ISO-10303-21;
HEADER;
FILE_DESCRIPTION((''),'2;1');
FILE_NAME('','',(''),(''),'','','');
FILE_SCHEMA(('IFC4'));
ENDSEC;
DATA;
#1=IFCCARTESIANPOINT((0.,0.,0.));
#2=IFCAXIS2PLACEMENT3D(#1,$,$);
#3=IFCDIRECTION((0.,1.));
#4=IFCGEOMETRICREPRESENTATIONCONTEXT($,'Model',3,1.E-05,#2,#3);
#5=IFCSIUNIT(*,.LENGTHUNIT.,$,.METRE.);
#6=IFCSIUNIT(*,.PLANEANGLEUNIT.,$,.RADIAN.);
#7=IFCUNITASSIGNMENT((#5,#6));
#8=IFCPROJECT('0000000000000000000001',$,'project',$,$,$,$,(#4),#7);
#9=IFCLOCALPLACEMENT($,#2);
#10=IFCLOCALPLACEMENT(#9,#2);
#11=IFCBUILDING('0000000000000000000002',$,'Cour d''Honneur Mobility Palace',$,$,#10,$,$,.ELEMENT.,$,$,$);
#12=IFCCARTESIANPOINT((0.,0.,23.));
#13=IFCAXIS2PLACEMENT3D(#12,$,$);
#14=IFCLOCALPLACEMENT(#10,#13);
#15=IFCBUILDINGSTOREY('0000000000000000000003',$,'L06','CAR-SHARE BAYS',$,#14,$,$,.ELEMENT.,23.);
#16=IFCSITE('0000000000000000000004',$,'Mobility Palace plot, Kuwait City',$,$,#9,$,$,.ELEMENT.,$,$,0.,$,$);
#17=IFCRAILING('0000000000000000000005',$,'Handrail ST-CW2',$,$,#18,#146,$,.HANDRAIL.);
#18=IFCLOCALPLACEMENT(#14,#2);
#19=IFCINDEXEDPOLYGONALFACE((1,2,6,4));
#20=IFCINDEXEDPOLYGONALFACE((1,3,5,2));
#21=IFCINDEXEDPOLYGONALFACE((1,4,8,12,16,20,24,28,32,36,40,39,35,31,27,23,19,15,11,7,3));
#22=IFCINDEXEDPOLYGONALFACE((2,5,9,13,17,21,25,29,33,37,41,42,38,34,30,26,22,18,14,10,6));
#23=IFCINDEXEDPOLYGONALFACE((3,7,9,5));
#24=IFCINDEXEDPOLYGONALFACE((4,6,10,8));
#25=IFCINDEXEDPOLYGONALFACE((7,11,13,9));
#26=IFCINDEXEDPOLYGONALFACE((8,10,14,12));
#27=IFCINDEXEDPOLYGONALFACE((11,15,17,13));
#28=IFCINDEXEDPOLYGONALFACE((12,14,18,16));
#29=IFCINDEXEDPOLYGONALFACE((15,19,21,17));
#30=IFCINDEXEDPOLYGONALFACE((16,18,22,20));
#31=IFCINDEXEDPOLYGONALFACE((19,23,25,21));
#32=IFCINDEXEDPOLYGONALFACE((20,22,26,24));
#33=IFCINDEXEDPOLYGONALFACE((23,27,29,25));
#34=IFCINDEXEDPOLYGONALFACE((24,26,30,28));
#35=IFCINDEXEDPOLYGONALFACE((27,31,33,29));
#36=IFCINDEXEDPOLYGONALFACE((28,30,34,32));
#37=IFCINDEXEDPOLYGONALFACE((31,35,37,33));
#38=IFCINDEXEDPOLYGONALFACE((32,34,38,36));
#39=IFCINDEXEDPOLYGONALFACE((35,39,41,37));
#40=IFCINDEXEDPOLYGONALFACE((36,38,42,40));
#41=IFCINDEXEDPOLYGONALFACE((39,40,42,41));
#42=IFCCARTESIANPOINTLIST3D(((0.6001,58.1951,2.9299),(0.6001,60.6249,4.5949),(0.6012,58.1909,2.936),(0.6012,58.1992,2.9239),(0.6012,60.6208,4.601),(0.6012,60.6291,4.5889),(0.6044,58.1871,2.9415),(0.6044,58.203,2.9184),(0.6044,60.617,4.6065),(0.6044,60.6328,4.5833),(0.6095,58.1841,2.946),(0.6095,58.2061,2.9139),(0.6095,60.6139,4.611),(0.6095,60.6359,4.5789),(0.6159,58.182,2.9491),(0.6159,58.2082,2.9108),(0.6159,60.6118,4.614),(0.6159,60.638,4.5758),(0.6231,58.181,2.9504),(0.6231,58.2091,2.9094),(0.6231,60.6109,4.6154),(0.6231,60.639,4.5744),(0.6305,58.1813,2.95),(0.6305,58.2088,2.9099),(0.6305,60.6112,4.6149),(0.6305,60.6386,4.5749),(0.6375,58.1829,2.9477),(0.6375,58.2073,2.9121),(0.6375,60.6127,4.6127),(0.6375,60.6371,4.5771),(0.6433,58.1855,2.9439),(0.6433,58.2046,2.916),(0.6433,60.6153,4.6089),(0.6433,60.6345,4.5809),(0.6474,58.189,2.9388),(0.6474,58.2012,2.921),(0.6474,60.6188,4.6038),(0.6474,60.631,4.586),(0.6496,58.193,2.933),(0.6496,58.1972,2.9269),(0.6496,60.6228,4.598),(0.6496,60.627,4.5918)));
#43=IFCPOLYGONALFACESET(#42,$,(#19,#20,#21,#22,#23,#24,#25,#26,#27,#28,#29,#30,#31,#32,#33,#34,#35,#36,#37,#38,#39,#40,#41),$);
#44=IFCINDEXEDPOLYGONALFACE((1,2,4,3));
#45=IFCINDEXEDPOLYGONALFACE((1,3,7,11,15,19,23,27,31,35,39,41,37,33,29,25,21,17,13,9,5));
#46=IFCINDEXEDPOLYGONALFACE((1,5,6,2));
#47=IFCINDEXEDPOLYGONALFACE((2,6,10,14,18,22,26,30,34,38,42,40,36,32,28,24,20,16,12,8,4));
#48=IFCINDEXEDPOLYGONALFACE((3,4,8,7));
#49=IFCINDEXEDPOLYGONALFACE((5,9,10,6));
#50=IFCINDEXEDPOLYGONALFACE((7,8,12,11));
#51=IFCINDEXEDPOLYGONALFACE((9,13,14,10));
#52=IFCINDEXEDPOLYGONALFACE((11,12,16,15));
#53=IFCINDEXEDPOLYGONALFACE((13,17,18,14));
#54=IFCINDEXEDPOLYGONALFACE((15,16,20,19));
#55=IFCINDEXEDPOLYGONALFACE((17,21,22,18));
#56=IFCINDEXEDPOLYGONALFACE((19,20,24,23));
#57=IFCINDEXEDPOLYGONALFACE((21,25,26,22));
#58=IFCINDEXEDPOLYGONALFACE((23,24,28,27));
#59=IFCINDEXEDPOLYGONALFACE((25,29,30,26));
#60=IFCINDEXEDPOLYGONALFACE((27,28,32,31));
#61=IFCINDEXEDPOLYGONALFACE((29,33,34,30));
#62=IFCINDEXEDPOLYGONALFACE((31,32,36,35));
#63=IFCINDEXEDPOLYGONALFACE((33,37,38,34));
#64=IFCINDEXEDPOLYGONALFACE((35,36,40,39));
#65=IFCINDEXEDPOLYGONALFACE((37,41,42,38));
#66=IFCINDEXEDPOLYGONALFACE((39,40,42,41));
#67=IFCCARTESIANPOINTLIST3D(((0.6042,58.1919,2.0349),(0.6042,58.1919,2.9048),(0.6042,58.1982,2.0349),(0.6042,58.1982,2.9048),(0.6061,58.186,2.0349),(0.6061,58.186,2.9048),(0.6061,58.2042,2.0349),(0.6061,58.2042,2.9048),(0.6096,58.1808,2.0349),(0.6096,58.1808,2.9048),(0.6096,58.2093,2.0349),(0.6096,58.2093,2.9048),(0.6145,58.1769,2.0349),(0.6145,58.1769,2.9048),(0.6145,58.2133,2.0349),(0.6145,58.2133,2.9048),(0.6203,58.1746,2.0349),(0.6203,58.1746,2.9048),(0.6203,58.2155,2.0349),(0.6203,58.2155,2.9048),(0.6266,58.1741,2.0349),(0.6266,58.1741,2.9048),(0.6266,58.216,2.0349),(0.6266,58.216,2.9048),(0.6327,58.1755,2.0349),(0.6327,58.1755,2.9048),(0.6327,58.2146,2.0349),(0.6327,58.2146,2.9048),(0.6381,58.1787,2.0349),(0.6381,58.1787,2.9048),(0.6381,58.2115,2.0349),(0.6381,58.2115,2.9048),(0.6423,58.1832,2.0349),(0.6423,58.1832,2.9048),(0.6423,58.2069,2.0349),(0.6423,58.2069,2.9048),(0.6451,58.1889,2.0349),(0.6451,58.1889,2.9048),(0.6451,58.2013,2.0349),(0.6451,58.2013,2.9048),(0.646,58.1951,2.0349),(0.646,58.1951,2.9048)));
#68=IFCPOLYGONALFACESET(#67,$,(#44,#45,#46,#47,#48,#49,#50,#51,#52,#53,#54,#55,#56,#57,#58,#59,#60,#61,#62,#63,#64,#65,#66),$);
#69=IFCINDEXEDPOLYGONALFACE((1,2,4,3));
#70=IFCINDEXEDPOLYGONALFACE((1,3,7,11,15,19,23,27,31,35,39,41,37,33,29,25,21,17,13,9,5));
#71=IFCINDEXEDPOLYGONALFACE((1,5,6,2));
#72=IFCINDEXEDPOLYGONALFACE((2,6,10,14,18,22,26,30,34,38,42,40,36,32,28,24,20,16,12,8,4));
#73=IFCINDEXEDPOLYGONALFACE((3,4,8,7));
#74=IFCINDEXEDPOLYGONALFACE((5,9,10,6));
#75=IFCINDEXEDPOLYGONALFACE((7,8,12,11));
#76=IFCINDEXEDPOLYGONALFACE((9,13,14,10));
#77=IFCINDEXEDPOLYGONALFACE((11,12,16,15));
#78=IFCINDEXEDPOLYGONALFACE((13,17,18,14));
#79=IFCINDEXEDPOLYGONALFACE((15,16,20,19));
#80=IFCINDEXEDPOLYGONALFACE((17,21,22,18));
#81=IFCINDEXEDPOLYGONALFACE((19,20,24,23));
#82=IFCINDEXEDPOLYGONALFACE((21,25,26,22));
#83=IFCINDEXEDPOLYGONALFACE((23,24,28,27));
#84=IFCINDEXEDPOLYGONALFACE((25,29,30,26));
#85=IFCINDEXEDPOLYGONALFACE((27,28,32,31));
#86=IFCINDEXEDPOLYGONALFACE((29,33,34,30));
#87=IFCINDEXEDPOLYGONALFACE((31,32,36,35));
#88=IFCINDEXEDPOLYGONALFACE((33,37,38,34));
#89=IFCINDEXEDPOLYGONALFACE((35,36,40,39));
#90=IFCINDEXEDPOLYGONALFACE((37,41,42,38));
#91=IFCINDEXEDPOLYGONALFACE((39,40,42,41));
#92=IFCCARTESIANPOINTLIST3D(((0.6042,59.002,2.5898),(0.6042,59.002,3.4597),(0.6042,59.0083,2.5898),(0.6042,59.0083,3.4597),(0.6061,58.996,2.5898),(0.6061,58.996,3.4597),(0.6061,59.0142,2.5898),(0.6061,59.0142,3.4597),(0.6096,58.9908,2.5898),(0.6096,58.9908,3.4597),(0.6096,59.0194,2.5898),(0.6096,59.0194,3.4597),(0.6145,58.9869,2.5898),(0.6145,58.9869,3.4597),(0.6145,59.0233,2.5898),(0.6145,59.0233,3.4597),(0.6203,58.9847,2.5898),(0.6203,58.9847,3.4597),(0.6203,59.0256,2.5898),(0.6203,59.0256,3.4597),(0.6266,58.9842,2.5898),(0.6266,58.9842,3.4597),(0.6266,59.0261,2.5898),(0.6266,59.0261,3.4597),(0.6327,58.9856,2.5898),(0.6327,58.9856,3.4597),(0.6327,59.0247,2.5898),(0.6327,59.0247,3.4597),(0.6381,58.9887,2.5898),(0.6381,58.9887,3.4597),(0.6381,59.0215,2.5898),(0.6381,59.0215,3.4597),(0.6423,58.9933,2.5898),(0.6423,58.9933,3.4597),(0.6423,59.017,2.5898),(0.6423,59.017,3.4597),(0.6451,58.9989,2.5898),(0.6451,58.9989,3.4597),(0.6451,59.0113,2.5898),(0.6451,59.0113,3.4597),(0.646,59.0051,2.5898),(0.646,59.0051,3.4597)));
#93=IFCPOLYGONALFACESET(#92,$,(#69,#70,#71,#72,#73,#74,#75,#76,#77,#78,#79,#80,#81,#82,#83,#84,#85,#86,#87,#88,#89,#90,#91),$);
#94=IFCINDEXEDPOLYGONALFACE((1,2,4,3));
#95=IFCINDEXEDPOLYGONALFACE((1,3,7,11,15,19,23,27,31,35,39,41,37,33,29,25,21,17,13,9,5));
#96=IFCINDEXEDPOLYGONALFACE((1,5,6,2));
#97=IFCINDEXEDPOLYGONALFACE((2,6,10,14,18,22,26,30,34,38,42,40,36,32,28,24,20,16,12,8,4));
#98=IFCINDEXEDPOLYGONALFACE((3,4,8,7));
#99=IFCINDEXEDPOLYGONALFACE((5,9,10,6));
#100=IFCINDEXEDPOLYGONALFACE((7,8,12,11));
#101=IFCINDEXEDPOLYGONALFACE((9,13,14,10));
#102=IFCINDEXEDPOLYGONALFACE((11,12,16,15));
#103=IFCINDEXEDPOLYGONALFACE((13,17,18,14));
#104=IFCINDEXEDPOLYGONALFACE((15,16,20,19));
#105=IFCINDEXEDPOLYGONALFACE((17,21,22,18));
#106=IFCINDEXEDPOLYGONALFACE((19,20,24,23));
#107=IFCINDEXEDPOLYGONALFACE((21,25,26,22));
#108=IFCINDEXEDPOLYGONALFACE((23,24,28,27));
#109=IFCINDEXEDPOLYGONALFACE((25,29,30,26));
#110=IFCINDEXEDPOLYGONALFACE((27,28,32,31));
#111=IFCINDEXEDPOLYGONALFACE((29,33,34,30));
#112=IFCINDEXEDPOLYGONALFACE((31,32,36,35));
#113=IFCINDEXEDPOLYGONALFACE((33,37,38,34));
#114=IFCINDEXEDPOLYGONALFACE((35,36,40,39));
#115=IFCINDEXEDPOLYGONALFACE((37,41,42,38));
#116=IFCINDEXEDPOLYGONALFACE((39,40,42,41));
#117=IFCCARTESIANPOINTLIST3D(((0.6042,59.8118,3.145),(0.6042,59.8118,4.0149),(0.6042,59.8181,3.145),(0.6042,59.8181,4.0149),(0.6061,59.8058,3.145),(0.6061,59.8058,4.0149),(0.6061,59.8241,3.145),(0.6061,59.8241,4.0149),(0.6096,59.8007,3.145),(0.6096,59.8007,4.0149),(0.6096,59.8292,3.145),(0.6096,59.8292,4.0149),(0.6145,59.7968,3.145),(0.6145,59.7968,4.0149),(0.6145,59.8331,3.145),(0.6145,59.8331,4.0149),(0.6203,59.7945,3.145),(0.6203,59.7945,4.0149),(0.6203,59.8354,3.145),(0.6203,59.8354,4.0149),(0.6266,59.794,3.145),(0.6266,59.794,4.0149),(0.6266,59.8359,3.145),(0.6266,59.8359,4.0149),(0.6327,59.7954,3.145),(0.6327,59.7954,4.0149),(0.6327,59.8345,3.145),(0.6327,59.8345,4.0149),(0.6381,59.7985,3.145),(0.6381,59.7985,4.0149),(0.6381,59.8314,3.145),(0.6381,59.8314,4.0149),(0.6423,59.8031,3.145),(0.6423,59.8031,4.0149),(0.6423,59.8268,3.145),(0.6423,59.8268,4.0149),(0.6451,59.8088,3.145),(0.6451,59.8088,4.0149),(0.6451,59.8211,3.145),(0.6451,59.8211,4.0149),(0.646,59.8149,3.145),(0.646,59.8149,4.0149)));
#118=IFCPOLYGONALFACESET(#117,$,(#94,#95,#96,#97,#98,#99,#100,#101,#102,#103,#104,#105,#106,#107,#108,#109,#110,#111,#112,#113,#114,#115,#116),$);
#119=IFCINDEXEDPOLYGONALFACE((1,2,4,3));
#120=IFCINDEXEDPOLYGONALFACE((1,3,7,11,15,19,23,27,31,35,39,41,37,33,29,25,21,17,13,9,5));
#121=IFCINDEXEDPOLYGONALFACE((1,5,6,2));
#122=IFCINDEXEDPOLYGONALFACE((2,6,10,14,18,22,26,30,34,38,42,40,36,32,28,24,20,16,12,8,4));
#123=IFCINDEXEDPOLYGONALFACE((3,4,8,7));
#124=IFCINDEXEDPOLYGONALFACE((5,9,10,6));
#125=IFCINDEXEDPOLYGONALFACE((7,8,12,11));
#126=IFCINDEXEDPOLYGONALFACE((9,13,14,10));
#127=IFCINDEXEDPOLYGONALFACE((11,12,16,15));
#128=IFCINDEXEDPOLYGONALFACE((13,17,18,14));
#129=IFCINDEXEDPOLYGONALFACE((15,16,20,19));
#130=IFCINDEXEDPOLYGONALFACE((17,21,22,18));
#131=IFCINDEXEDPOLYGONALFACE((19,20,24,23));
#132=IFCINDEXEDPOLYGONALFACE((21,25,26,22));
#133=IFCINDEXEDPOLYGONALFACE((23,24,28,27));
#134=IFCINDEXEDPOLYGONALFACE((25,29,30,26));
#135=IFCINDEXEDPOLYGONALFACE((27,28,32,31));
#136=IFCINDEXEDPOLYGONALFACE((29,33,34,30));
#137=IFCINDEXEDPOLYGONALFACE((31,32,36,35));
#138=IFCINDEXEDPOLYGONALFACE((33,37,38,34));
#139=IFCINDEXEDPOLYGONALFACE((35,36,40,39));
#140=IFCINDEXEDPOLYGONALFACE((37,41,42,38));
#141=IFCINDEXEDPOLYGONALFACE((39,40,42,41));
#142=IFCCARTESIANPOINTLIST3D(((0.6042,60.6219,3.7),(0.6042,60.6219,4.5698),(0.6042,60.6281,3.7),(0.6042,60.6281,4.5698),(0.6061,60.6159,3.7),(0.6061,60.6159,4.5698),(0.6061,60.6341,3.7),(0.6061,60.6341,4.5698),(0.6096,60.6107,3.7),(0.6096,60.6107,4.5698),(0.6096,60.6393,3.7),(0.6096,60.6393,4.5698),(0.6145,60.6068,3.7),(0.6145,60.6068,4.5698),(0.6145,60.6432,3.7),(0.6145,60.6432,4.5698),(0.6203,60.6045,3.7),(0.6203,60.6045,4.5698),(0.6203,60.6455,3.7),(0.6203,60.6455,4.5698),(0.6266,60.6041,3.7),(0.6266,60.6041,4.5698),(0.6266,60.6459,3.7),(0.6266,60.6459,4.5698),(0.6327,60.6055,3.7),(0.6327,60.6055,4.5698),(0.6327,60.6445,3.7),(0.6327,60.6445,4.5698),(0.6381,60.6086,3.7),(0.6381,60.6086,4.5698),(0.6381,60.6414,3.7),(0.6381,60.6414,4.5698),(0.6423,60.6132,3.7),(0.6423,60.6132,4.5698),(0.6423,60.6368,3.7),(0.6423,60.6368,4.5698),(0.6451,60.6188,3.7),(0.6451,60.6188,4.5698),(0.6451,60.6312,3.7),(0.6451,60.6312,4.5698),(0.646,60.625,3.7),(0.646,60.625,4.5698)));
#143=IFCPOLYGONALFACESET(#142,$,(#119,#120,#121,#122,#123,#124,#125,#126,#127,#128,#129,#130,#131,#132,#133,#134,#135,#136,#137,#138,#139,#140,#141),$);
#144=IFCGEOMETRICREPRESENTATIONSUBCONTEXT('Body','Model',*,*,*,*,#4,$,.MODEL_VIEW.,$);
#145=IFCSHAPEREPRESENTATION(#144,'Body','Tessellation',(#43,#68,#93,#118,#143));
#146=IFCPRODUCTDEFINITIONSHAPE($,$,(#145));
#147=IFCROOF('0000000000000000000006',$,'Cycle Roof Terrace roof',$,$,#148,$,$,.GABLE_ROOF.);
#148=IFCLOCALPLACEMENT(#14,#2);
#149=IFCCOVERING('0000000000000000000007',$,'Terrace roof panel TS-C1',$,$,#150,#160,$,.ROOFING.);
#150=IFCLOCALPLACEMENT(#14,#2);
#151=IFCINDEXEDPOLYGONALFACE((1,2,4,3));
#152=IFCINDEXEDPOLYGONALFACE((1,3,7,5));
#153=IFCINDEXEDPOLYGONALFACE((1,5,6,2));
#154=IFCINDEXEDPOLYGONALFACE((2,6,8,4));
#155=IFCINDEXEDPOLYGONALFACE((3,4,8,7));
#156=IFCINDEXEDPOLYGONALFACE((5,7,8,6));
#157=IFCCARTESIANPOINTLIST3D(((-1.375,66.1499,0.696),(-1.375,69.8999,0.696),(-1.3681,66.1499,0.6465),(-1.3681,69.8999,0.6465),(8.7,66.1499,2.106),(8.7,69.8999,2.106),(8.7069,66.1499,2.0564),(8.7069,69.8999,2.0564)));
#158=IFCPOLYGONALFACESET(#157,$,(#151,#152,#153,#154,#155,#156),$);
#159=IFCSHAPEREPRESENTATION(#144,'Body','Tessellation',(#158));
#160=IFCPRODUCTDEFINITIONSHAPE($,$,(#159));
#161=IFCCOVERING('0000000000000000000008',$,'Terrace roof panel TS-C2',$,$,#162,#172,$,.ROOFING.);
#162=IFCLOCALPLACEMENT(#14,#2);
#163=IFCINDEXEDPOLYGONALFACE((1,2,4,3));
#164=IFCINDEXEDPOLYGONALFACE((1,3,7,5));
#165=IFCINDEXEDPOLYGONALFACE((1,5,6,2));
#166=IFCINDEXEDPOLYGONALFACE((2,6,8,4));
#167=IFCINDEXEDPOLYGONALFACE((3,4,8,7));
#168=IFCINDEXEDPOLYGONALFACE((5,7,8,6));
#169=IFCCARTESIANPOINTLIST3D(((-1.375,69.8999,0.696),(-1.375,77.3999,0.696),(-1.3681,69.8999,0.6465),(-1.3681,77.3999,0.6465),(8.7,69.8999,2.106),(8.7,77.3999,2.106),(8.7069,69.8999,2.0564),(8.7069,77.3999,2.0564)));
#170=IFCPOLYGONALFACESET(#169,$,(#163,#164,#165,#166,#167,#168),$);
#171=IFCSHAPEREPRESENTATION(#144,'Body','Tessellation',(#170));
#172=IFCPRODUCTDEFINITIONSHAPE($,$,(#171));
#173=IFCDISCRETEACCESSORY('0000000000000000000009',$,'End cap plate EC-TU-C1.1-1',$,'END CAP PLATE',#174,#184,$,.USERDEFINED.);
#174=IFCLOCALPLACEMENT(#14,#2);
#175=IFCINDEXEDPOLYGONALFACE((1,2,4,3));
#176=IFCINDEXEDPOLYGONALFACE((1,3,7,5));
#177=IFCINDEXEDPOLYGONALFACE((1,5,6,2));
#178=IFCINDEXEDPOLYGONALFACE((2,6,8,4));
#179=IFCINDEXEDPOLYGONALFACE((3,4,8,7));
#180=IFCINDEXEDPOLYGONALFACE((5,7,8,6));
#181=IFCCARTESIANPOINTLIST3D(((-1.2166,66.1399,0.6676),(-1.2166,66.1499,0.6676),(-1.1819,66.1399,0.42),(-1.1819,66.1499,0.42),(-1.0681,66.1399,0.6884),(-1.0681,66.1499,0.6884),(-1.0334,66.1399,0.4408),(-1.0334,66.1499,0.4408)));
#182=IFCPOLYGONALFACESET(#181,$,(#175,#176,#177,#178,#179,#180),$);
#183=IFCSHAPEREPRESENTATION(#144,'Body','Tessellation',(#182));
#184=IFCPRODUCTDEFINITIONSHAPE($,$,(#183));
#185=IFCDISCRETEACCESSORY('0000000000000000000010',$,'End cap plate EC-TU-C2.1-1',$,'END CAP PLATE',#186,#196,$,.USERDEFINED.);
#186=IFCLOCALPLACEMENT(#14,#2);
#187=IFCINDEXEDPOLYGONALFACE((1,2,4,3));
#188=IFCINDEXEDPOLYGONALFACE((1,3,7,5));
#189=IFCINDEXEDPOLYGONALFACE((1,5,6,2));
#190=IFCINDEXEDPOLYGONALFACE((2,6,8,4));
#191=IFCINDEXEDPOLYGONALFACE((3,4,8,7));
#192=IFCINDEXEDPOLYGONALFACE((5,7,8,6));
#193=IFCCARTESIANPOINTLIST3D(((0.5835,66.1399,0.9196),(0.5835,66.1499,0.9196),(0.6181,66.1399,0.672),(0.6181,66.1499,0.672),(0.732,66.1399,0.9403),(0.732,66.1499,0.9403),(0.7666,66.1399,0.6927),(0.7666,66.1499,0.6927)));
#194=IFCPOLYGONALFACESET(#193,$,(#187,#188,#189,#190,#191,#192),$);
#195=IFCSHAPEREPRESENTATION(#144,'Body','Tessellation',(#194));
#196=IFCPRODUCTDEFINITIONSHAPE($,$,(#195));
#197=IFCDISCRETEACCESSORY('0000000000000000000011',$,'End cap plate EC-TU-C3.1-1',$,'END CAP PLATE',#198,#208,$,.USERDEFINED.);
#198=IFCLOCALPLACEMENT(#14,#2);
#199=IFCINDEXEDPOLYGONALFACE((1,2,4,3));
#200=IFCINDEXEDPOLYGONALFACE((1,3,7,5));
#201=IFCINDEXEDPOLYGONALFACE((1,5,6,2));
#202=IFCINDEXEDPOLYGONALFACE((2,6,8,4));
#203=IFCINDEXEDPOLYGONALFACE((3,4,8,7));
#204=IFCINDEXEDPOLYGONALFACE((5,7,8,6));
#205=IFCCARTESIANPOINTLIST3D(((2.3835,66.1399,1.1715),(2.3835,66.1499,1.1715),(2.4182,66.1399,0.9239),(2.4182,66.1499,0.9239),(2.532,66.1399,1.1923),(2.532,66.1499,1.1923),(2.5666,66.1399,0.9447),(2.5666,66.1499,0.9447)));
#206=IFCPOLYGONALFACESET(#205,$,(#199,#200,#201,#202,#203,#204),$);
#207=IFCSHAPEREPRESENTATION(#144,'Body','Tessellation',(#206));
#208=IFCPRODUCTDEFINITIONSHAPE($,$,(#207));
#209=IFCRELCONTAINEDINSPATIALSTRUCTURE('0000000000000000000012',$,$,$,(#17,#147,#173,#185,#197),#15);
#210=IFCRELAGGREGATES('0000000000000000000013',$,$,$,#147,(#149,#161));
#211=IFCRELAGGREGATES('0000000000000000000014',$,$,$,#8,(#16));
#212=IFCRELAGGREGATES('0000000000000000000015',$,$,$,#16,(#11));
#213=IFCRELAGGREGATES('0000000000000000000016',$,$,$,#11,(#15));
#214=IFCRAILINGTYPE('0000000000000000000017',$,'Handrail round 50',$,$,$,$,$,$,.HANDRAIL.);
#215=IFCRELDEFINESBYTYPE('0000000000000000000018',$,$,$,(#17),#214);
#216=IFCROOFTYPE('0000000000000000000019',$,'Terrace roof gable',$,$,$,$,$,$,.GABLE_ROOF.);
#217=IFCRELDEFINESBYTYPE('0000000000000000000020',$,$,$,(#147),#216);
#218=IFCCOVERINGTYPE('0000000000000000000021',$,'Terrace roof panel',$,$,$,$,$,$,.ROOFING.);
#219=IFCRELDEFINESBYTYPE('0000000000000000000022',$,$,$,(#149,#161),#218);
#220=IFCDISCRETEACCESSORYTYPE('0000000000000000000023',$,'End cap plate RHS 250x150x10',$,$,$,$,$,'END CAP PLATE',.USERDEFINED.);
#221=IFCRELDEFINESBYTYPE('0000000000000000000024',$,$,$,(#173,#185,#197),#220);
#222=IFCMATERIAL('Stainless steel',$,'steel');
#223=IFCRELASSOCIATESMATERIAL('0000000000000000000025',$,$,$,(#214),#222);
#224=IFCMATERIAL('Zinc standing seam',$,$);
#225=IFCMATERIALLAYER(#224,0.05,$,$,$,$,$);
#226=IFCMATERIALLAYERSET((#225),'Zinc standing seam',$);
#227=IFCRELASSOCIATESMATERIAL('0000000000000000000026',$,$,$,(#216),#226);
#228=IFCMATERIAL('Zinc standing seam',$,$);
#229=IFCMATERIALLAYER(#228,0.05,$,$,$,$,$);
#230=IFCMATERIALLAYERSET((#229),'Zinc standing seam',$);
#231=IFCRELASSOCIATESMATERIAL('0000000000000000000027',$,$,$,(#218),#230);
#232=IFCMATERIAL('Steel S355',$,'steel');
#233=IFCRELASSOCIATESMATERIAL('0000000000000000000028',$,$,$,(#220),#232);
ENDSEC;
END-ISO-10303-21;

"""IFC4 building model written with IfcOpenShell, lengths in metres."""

from ifc_helpers import new_model, si_unit, direction, frame, origin, origin_2d, place, context, subcontext, project, spatial, polyline, rectangle, circle, outline, extrude, material, layer, layer_set, material_profile, profile_set, type_object, element, aggregate, save


model = new_model("IFC4")

# Units and contexts
model_context = context("Model", 3, precision=1e-05, world=origin(), true_north=direction((0.0, 1.0)))
body_context = subcontext(model_context, "Body", "Model", "MODEL_VIEW")
ifc_project = project(units=[si_unit("LENGTHUNIT", "METRE"), si_unit("PLANEANGLEUNIT", "RADIAN")], contexts=[model_context])

# Site, building, storey
site_placement = place(None, origin())
site = spatial("IfcSite", under=ifc_project, at=site_placement, Name="Mobility Palace plot, Kuwait City", CompositionType="ELEMENT", RefElevation=0.0)
building_placement = place(site_placement, origin())
building = spatial("IfcBuilding", under=site, at=building_placement, Name="Cour d'Honneur Mobility Palace", CompositionType="ELEMENT")
storey_placement = place(building_placement, frame((0.0, 0.0, 23.0)))
storey = spatial("IfcBuildingStorey", under=building, at=storey_placement, Name="L06", Description="CAR-SHARE BAYS", CompositionType="ELEMENT", Elevation=23.0)

# Railing
ifc_material_1 = material(Name="Stainless steel", Category="steel")
railing_type_1 = type_object("IfcRailingType", Name="Handrail round 50", PredefinedType="HANDRAIL", material=ifc_material_1)
for number, where, name in (
    (1, (0.625, 58.1951, 2.0349), "Handrail ST-CW2"),
):
    element("IfcRailing", number, at=place(storey_placement, frame(where)), inside=storey, type_object=railing_type_1, Name=name, PredefinedType="HANDRAIL", context=body_context, shape_type="SweptSolid", body=[
        extrude(circle(Radius=0.0249, at=origin_2d()), frame((0.0, 0.0, 0.895), z_axis=(0.0, 0.824919, 0.565251), x_axis=(-1.0, 0.0, 0.0)), (0.0, 0.0, 1.0), 2.9456),
        extrude(circle(Radius=0.021, at=origin_2d()), origin(), (0.0, 0.0, 1.0), 0.8699),
        extrude(circle(Radius=0.021, at=origin_2d()), frame((0.0, 0.8101, 0.5549)), (0.0, 0.0, 1.0), 0.8699),
        extrude(circle(Radius=0.021, at=origin_2d()), frame((0.0, 1.6199, 1.1101)), (0.0, 0.0, 1.0), 0.8699),
        extrude(circle(Radius=0.021, at=origin_2d()), frame((0.0, 2.4299, 1.665)), (0.0, 0.0, 1.0), 0.8699),
    ])

# Roof, coverings
ifc_material_2 = material(Name="Zinc standing seam")
ifc_layer_1 = layer(ifc_material_2, 0.05)
ifc_layer_set_1 = layer_set([ifc_layer_1], Name="Zinc standing seam")
roof_type = type_object("IfcRoofType", Name="Terrace roof gable", PredefinedType="GABLE_ROOF", material=ifc_layer_set_1)
roof_placement = place(storey_placement, origin())
roof = element("IfcRoof", 2, at=roof_placement, inside=storey, type_object=roof_type, Name="Cycle Roof Terrace roof", PredefinedType="GABLE_ROOF")
ifc_material_3 = material(Name="Zinc standing seam")
ifc_layer_2 = layer(ifc_material_3, 0.05)
ifc_layer_set_2 = layer_set([ifc_layer_2], Name="Zinc standing seam")
covering_type = type_object("IfcCoveringType", Name="Terrace roof panel", PredefinedType="ROOFING", material=ifc_layer_set_2)
covering_1_placement = place(storey_placement, frame((-1.375, 66.1499, 0.696), z_axis=(-0.138592, 0.0, 0.99035), x_axis=(0.99035, 0.0, 0.138592)))
covering_1 = element("IfcCovering", 3, at=covering_1_placement, type_object=covering_type, Name="Terrace roof panel TS-C1", PredefinedType="ROOFING", context=body_context, shape_type="SweptSolid", body=[
    extrude(outline(polyline([(0.0, 0.0), (10.1731, 0.0), (10.1731, 3.75), (0.0, 3.75), (0.0, 0.0)])), origin(), (0.0, 0.0, -1.0), 0.05),
])
covering_2_placement = place(storey_placement, frame((-1.375, 69.8999, 0.696), z_axis=(-0.138592, 0.0, 0.99035), x_axis=(0.99035, 0.0, 0.138592)))
covering_2 = element("IfcCovering", 4, at=covering_2_placement, type_object=covering_type, Name="Terrace roof panel TS-C2", PredefinedType="ROOFING", context=body_context, shape_type="SweptSolid", body=[
    extrude(outline(polyline([(0.0, 0.0), (10.1731, 0.0), (10.1731, 7.5), (0.0, 7.5), (0.0, 0.0)])), origin(), (0.0, 0.0, -1.0), 0.05),
])
aggregate(roof, [covering_1, covering_2])

# Discrete accessories
ifc_material_4 = material(Name="Steel S355", Category="steel")
ifc_material_profile_1 = material_profile(ifc_material_4, rectangle(XDim=0.1499, YDim=0.25, at=origin_2d()), Name="PL 250x150x10")
ifc_profile_set_1 = profile_set([ifc_material_profile_1], Name="Steel S355")
discrete_accessory_type_1 = type_object("IfcDiscreteAccessoryType", Name="End cap plate RHS 250x150x10", ElementType="END CAP PLATE", PredefinedType="USERDEFINED", material=ifc_profile_set_1)
for number, where, z_axis, x_axis, name in (
    (5, (-1.125, 66.1399, 0.5542), (0.0, 1.0, 0.0), (-0.99035, 0.0, -0.138591), "End cap plate EC-TU-C1.1-1"),
    (6, (0.675, 66.1399, 0.8062), (0.0, 1.0, 0.0), (-0.99035, 0.0, -0.138591), "End cap plate EC-TU-C2.1-1"),
    (7, (2.4751, 66.1399, 1.0581), (0.0, 1.0, 0.0), (-0.99035, 0.0, -0.138591), "End cap plate EC-TU-C3.1-1"),
):
    element("IfcDiscreteAccessory", number, at=place(storey_placement, frame(where, z_axis=z_axis, x_axis=x_axis)), inside=storey, type_object=discrete_accessory_type_1, Name=name, ObjectType="END CAP PLATE", PredefinedType="USERDEFINED", context=body_context, shape_type="SweptSolid", body=[
        extrude(rectangle(XDim=0.1499, YDim=0.25, at=origin_2d()), origin(), (0.0, 0.0, 1.0), 0.01),
    ])

save(model, "model.ifc")
